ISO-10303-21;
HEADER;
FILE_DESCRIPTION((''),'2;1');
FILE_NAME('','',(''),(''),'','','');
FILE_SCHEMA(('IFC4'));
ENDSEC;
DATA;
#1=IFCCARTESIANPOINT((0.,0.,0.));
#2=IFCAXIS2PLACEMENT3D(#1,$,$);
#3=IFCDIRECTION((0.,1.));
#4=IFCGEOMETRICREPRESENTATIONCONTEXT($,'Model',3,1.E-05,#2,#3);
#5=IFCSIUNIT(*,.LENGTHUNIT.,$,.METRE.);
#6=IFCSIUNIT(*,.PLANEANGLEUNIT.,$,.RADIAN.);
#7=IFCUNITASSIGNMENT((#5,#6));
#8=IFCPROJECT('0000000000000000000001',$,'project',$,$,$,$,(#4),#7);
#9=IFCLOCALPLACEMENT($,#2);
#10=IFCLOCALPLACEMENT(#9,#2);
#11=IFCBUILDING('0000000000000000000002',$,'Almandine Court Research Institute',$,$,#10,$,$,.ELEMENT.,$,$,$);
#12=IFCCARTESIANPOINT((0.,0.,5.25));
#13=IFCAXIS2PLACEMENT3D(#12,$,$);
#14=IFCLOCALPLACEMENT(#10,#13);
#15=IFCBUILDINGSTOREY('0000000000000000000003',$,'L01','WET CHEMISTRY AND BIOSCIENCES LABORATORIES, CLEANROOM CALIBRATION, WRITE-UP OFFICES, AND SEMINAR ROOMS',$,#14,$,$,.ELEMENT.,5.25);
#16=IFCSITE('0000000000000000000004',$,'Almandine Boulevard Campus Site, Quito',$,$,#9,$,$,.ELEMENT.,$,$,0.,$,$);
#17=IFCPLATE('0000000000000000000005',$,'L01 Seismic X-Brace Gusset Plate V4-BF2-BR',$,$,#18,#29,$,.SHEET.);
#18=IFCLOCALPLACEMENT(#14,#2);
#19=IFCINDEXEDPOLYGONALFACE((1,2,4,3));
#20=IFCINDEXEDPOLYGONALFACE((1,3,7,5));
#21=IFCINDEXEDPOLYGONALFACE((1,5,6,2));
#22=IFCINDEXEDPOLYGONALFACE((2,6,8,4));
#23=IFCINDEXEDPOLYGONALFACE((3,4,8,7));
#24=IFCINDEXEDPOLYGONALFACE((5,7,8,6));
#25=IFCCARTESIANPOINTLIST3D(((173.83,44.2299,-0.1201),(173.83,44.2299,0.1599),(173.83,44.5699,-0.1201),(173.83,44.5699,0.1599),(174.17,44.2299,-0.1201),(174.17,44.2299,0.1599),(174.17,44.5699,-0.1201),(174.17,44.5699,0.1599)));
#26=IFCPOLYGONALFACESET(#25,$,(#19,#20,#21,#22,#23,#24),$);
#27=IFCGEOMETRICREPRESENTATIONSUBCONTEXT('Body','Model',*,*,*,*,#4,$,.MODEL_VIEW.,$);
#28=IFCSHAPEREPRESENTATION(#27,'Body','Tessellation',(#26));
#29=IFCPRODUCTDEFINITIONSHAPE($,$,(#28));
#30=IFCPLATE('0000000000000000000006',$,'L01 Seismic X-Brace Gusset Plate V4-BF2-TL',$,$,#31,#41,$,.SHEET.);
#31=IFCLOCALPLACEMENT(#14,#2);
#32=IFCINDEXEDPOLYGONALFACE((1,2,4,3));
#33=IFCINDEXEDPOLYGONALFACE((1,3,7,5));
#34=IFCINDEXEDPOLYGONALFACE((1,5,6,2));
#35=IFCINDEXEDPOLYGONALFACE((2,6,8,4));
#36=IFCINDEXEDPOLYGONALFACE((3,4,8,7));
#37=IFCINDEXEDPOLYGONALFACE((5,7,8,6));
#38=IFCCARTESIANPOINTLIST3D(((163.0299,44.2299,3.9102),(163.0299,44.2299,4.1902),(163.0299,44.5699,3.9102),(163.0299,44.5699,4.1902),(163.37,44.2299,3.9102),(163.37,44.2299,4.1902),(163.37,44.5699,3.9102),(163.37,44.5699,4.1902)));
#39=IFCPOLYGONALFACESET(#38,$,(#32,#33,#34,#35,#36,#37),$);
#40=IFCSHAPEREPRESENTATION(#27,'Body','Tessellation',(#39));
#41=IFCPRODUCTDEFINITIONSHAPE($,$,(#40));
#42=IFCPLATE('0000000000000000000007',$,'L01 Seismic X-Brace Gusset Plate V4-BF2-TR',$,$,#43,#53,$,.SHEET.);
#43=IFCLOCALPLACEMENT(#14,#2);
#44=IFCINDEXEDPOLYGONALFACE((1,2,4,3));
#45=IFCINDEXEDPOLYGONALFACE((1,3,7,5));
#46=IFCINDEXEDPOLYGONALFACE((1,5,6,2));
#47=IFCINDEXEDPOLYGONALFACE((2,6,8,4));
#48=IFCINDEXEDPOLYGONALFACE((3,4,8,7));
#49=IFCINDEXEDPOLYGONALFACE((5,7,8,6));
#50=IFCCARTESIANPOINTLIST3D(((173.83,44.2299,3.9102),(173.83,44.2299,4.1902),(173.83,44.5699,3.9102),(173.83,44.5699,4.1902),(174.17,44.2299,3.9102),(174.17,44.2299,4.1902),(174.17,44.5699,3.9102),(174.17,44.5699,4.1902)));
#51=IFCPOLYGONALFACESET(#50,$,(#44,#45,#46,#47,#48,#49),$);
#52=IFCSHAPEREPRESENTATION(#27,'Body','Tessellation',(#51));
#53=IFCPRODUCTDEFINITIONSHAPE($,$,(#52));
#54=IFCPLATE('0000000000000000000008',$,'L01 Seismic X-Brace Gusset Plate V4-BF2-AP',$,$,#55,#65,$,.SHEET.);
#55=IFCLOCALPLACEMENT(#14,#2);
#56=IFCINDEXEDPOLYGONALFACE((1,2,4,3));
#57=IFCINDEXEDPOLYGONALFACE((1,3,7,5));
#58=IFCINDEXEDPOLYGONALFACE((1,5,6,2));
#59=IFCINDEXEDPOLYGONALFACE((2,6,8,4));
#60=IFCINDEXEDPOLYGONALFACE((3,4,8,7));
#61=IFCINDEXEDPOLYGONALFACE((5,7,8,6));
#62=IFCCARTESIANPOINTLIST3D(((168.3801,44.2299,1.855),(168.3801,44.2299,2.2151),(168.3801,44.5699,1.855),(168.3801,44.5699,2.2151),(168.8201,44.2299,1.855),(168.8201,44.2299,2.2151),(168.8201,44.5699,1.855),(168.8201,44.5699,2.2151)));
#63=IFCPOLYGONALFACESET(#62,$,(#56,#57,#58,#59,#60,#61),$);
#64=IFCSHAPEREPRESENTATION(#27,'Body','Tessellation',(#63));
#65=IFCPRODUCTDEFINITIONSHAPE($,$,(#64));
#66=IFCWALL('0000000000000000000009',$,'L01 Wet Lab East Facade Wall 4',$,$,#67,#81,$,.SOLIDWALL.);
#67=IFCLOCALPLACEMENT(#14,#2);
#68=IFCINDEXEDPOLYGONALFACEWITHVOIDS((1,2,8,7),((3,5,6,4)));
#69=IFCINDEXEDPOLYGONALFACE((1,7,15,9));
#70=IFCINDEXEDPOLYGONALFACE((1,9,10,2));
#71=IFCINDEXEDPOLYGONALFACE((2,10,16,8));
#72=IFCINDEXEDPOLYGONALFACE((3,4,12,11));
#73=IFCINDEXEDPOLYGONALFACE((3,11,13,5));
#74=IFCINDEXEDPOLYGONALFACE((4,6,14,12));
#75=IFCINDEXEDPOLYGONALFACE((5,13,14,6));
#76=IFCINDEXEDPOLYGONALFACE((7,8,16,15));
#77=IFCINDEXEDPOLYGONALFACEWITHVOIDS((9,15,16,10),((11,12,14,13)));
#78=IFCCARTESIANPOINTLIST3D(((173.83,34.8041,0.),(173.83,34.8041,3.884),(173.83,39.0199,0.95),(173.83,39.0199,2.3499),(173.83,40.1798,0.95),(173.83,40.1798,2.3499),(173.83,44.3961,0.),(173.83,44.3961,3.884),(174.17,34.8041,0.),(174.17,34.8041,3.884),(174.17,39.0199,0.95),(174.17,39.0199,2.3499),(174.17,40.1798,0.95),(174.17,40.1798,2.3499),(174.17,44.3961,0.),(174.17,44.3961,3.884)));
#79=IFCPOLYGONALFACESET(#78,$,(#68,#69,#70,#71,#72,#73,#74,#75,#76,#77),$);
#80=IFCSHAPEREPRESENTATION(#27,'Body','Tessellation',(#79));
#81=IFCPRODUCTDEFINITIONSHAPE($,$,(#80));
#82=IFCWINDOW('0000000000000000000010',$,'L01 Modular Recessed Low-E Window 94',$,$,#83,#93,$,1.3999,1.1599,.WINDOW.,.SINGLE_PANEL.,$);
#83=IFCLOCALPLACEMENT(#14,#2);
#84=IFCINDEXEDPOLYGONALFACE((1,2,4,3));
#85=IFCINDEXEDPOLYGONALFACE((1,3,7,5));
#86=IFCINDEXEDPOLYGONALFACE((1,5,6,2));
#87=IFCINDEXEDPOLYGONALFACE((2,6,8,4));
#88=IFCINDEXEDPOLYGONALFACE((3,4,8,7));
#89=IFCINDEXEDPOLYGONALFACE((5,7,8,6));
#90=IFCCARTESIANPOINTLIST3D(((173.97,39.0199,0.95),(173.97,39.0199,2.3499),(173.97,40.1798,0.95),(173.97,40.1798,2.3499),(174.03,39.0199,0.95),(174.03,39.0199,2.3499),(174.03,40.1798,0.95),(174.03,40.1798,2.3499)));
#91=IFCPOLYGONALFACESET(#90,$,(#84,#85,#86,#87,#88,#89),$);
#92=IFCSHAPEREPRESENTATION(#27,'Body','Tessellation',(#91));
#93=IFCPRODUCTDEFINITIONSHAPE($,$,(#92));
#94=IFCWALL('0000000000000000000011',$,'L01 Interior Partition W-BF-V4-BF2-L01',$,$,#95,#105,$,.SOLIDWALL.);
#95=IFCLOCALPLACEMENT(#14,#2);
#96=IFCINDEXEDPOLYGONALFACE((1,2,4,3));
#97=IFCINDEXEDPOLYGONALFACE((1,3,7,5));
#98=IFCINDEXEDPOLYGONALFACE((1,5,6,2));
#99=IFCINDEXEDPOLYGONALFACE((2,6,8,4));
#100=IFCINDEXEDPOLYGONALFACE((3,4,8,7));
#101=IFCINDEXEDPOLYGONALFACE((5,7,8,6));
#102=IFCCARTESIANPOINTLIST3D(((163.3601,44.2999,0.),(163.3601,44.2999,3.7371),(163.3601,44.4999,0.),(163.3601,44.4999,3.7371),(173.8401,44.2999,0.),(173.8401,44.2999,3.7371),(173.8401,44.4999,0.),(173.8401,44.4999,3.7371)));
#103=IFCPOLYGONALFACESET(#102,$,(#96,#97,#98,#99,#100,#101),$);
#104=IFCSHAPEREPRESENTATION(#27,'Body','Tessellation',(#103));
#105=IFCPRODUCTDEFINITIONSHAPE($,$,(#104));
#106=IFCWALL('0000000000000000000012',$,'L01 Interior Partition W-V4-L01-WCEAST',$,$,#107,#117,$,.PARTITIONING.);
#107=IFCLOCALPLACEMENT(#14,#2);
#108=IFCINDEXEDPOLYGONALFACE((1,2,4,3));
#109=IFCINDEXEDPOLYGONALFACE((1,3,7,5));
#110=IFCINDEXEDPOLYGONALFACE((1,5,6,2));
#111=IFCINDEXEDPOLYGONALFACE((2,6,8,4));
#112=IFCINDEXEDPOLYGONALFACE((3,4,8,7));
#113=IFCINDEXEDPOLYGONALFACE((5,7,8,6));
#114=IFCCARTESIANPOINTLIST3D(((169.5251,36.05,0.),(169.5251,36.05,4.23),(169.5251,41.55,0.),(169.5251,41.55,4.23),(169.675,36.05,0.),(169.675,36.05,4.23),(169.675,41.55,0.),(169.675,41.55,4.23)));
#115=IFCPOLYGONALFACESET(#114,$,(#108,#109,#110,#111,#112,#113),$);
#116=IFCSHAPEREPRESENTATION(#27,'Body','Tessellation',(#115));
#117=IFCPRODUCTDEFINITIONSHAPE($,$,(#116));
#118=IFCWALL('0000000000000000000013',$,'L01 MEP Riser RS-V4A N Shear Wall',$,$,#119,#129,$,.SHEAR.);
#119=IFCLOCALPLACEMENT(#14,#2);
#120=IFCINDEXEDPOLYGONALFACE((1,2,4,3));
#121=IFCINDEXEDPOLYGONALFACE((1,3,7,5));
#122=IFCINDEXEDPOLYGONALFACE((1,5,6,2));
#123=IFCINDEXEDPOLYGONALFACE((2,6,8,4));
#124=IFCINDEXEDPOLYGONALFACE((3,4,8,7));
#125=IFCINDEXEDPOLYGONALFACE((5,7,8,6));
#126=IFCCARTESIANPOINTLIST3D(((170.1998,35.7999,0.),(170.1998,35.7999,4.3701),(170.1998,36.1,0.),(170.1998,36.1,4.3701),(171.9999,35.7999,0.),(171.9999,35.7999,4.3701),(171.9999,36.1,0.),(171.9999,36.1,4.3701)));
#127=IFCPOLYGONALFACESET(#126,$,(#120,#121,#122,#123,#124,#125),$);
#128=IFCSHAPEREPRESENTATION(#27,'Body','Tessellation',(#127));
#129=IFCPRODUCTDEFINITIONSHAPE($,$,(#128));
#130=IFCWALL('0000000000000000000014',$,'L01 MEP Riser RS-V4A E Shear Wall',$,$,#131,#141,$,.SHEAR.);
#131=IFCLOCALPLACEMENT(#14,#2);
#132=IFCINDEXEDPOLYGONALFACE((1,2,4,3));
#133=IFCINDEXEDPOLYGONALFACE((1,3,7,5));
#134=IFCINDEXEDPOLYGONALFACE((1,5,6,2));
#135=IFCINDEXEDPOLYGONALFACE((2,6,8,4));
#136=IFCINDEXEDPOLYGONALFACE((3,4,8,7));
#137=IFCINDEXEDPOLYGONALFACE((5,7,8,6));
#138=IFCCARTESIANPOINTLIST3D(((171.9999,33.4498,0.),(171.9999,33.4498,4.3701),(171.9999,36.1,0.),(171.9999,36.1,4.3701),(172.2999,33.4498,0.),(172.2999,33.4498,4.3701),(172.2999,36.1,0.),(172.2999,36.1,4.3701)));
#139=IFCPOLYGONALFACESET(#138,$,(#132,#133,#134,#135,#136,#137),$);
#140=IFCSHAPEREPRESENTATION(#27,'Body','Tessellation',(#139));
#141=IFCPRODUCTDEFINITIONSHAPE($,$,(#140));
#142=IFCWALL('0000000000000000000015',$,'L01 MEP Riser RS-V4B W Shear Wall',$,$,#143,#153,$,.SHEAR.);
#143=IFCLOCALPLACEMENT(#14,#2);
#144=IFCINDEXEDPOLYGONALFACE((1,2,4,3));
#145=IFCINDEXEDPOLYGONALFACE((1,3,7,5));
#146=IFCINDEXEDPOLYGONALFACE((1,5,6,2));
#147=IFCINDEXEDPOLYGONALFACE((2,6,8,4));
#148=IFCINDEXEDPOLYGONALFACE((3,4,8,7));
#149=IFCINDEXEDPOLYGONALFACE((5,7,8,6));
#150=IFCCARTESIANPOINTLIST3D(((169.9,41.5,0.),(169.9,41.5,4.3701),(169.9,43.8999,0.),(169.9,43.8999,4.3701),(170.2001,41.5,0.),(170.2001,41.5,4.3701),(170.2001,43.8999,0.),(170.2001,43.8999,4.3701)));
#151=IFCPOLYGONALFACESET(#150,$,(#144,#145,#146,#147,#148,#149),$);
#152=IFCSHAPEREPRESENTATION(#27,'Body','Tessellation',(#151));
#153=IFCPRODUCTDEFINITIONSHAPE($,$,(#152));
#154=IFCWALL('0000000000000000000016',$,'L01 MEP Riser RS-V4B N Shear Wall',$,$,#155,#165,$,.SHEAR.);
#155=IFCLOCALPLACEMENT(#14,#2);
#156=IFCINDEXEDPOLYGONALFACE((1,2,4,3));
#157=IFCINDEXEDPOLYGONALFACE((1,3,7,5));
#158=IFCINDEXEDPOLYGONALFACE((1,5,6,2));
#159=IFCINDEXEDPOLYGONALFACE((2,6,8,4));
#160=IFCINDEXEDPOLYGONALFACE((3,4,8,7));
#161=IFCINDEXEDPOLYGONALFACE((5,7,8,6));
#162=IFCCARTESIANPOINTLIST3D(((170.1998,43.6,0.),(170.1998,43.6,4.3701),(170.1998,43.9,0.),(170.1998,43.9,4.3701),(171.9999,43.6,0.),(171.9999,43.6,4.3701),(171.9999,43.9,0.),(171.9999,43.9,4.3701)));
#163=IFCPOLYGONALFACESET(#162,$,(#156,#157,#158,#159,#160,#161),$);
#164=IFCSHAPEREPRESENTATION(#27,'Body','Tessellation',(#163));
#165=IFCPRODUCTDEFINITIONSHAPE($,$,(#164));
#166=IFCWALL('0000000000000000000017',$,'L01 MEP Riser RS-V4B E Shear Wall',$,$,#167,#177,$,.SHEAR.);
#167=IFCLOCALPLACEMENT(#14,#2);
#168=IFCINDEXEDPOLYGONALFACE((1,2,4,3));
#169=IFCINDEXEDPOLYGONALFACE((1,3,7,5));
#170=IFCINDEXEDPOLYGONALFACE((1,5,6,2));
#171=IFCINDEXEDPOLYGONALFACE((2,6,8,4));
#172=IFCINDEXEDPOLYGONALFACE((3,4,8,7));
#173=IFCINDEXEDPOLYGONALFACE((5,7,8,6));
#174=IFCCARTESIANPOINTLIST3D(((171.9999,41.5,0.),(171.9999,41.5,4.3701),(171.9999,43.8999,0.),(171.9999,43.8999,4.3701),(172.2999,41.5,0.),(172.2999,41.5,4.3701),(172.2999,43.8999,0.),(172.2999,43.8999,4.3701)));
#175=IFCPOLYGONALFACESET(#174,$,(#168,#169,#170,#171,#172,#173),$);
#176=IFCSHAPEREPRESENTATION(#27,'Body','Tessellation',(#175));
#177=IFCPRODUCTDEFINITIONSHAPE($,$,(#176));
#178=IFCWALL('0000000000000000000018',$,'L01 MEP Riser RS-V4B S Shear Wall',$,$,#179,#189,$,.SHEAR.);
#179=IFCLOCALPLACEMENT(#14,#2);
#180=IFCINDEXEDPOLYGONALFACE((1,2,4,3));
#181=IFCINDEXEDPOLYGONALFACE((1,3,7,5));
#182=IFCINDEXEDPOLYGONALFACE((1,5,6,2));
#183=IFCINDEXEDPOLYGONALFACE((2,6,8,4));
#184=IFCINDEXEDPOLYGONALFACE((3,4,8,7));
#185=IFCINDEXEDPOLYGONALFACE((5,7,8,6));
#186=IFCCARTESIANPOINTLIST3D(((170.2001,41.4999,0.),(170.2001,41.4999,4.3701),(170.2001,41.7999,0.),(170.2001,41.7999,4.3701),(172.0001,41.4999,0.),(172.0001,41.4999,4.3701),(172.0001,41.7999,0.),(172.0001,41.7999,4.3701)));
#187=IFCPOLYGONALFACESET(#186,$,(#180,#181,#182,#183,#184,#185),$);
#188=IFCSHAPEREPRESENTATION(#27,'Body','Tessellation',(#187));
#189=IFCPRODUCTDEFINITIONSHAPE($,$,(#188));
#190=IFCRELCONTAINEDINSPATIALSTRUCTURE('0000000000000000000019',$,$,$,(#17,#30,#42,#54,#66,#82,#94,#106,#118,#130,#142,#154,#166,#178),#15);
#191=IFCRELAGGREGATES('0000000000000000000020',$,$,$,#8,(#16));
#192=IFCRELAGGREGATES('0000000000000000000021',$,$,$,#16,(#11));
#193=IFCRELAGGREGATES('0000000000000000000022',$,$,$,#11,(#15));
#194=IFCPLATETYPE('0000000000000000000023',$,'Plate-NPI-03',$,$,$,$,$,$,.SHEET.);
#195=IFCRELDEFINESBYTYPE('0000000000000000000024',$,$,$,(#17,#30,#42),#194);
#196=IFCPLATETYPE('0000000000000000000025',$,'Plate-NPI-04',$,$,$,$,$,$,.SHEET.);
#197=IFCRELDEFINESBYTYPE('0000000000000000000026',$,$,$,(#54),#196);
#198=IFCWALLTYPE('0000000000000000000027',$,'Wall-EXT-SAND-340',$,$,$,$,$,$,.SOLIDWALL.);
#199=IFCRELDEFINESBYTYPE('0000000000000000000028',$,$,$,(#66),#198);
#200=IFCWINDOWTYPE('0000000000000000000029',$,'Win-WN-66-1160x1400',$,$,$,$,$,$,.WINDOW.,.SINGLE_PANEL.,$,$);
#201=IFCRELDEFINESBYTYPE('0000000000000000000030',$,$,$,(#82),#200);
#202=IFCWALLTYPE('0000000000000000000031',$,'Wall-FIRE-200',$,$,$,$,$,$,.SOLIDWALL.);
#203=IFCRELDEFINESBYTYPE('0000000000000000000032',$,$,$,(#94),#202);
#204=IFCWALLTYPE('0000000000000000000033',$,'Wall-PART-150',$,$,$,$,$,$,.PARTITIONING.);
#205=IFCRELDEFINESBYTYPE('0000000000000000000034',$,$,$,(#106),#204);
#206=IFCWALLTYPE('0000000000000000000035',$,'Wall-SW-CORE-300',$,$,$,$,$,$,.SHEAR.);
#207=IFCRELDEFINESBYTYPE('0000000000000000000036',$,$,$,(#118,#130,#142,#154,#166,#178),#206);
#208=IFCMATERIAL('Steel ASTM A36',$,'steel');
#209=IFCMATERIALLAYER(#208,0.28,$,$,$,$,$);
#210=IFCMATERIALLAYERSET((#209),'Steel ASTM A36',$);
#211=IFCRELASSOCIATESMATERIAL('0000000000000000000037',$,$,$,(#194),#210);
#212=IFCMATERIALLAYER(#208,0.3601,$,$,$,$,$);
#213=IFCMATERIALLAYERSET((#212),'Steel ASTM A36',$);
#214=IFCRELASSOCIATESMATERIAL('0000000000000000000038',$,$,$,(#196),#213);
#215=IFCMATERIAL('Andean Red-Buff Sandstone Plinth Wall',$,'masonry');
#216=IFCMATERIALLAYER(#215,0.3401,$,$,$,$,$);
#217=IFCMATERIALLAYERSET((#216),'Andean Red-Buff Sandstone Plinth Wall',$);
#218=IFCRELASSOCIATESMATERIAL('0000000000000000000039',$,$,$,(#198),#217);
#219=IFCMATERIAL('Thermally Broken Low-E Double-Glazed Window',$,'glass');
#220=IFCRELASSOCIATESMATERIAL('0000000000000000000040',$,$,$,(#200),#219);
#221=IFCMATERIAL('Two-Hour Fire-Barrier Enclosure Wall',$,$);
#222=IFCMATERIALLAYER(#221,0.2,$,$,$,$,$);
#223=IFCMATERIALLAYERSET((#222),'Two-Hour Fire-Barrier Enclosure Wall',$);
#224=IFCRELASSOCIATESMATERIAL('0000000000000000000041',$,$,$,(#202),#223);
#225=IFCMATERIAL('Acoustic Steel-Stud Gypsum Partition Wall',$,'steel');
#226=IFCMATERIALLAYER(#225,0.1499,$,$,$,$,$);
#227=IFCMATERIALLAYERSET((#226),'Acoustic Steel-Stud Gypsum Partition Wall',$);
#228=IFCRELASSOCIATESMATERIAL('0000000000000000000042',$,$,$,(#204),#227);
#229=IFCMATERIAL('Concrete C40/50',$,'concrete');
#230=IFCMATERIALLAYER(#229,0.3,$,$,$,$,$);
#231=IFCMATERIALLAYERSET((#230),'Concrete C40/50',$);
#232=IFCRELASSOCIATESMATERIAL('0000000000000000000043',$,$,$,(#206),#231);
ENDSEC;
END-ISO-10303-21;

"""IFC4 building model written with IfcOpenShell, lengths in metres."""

from ifc_helpers import new_model, si_unit, direction, frame, frame_2d, origin, origin_2d, place, context, subcontext, project, spatial, rectangle, extrude, material, layer, layer_set, type_object, element, fill, save


model = new_model("IFC4")

# Units and contexts
model_context = context("Model", 3, precision=1e-05, world=origin(), true_north=direction((0.0, 1.0)))
body_context = subcontext(model_context, "Body", "Model", "MODEL_VIEW")
ifc_project = project(units=[si_unit("LENGTHUNIT", "METRE"), si_unit("PLANEANGLEUNIT", "RADIAN")], contexts=[model_context])

# Site, building, storey
site_placement = place(None, origin())
site = spatial("IfcSite", under=ifc_project, at=site_placement, Name="Almandine Boulevard Campus Site, Quito", CompositionType="ELEMENT", RefElevation=0.0)
building_placement = place(site_placement, origin())
building = spatial("IfcBuilding", under=site, at=building_placement, Name="Almandine Court Research Institute", CompositionType="ELEMENT")
storey_placement = place(building_placement, frame((0.0, 0.0, 5.25)))
storey = spatial("IfcBuildingStorey", under=building, at=storey_placement, Name="L01", Description="WET CHEMISTRY AND BIOSCIENCES LABORATORIES, CLEANROOM CALIBRATION, WRITE-UP OFFICES, AND SEMINAR ROOMS", CompositionType="ELEMENT", Elevation=5.25)

# Plates
ifc_material_1 = material(Name="Steel ASTM A36", Category="steel")
ifc_layer_1 = layer(ifc_material_1, 0.28)
ifc_layer_set_1 = layer_set([ifc_layer_1], Name="Steel ASTM A36")
plate_type_1 = type_object("IfcPlateType", Name="Plate-NPI-03", PredefinedType="SHEET", material=ifc_layer_set_1)
for number, where, z_axis, x_axis, name in (
    (1, (174.0, 44.3999, -0.1201), (0.0, 0.0, 1.0), (1.0, 0.0, 0.0), "L01 Seismic X-Brace Gusset Plate V4-BF2-BR"),
    (2, (163.2, 44.3999, 3.9102), (0.0, 0.0, 1.0), (1.0, 0.0, 0.0), "L01 Seismic X-Brace Gusset Plate V4-BF2-TL"),
    (3, (174.0, 44.3999, 3.9102), (0.0, 0.0, 1.0), (1.0, 0.0, 0.0), "L01 Seismic X-Brace Gusset Plate V4-BF2-TR"),
):
    element("IfcPlate", number, at=place(storey_placement, frame(where, z_axis=z_axis, x_axis=x_axis)), inside=storey, type_object=plate_type_1, Name=name, PredefinedType="SHEET", context=body_context, shape_type="SweptSolid", body=[
        extrude(rectangle(XDim=0.3401, YDim=0.3401, at=origin_2d()), origin(), (0.0, 0.0, 1.0), 0.28),
    ])
ifc_layer_2 = layer(ifc_material_1, 0.3601)
ifc_layer_set_2 = layer_set([ifc_layer_2], Name="Steel ASTM A36")
plate_type_2 = type_object("IfcPlateType", Name="Plate-NPI-04", PredefinedType="SHEET", material=ifc_layer_set_2)
plate_placement = place(storey_placement, frame((168.6001, 44.3999, 1.855), z_axis=(0.0, 0.0, 1.0), x_axis=(1.0, 0.0, 0.0)))
element("IfcPlate", 4, at=plate_placement, inside=storey, type_object=plate_type_2, Name="L01 Seismic X-Brace Gusset Plate V4-BF2-AP", PredefinedType="SHEET", context=body_context, shape_type="SweptSolid", body=[
    extrude(rectangle(XDim=0.4399, YDim=0.3401, at=origin_2d()), origin(), (0.0, 0.0, 1.0), 0.3601),
])

# Wall, opening, window
ifc_material_2 = material(Name="Andean Red-Buff Sandstone Plinth Wall", Category="masonry")
ifc_layer_3 = layer(ifc_material_2, 0.3401)
ifc_layer_set_3 = layer_set([ifc_layer_3], Name="Andean Red-Buff Sandstone Plinth Wall")
wall_type_1 = type_object("IfcWallType", Name="Wall-EXT-SAND-340", PredefinedType="SOLIDWALL", material=ifc_layer_set_3)
wall_1_placement = place(storey_placement, frame((174.0, 44.396, 0.0), z_axis=(0.0, 0.0, 1.0), x_axis=(0.0, -1.0, 0.0)))
wall_1 = element("IfcWall", 5, at=wall_1_placement, inside=storey, type_object=wall_type_1, Name="L01 Wet Lab East Facade Wall 4", PredefinedType="SOLIDWALL", context=body_context, shape_type="SweptSolid", body=[
    extrude(rectangle(XDim=9.592, YDim=0.3401, at=frame_2d((4.7959, 0.0))), origin(), (0.0, 0.0, 1.0), 3.884),
])
opening_placement = place(wall_1_placement, frame((4.2161, 0.0, 0.95)))
opening = element("IfcOpeningElement", 6, at=opening_placement, cuts=wall_1, PredefinedType="OPENING", context=body_context, shape_type="SweptSolid", body=[
    extrude(rectangle(XDim=1.1599, YDim=1.3999, at=frame_2d((0.5801, 0.7))), frame((0.0, 0.1799, 0.0), z_axis=(0.0, -1.0, 0.0), x_axis=(1.0, 0.0, 0.0)), (0.0, 0.0, 1.0), 0.3601),
])
ifc_material_3 = material(Name="Thermally Broken Low-E Double-Glazed Window", Category="glass")
window_type = type_object("IfcWindowType", Name="Win-WN-66-1160x1400", PartitioningType="SINGLE_PANEL", PredefinedType="WINDOW", material=ifc_material_3)
window_placement = place(opening_placement, origin())
window = element("IfcWindow", 7, at=window_placement, inside=storey, type_object=window_type, Name="L01 Modular Recessed Low-E Window 94", OverallHeight=1.3999, OverallWidth=1.1599, PartitioningType="SINGLE_PANEL", PredefinedType="WINDOW", context=body_context, shape_type="SweptSolid", body=[
    extrude(rectangle(XDim=1.1599, YDim=1.3999, at=frame_2d((0.5801, 0.7))), frame((0.0, 0.03, 0.0), z_axis=(0.0, -1.0, 0.0), x_axis=(1.0, 0.0, 0.0)), (0.0, 0.0, 1.0), 0.0601),
])
fill(opening, window)

# Walls
ifc_material_4 = material(Name="Two-Hour Fire-Barrier Enclosure Wall")
ifc_layer_4 = layer(ifc_material_4, 0.2)
ifc_layer_set_4 = layer_set([ifc_layer_4], Name="Two-Hour Fire-Barrier Enclosure Wall")
wall_type_2 = type_object("IfcWallType", Name="Wall-FIRE-200", PredefinedType="SOLIDWALL", material=ifc_layer_set_4)
wall_2_placement = place(storey_placement, frame((163.3601, 44.3999, 0.0), z_axis=(0.0, 0.0, 1.0), x_axis=(1.0, 0.0, 0.0)))
element("IfcWall", 8, at=wall_2_placement, inside=storey, type_object=wall_type_2, Name="L01 Interior Partition W-BF-V4-BF2-L01", PredefinedType="SOLIDWALL", context=body_context, shape_type="SweptSolid", body=[
    extrude(rectangle(XDim=10.48, YDim=0.2, at=frame_2d((5.24, 0.0))), origin(), (0.0, 0.0, 1.0), 3.7371),
])
ifc_material_5 = material(Name="Acoustic Steel-Stud Gypsum Partition Wall", Category="steel")
ifc_layer_5 = layer(ifc_material_5, 0.1499)
ifc_layer_set_5 = layer_set([ifc_layer_5], Name="Acoustic Steel-Stud Gypsum Partition Wall")
wall_type_3 = type_object("IfcWallType", Name="Wall-PART-150", PredefinedType="PARTITIONING", material=ifc_layer_set_5)
wall_3_placement = place(storey_placement, frame((169.6001, 36.05, 0.0), z_axis=(0.0, 0.0, 1.0), x_axis=(0.0, 1.0, 0.0)))
element("IfcWall", 9, at=wall_3_placement, inside=storey, type_object=wall_type_3, Name="L01 Interior Partition W-V4-L01-WCEAST", PredefinedType="PARTITIONING", context=body_context, shape_type="SweptSolid", body=[
    extrude(rectangle(XDim=5.5, YDim=0.1499, at=frame_2d((2.75, 0.0))), origin(), (0.0, 0.0, 1.0), 4.23),
])
ifc_material_6 = material(Name="Concrete C40/50", Category="concrete")
ifc_layer_6 = layer(ifc_material_6, 0.3)
ifc_layer_set_6 = layer_set([ifc_layer_6], Name="Concrete C40/50")
wall_type_4 = type_object("IfcWallType", Name="Wall-SW-CORE-300", PredefinedType="SHEAR", material=ifc_layer_set_6)
wall_4_placement = place(storey_placement, frame((170.2, 35.95, 0.0), z_axis=(0.0, 0.0, 1.0), x_axis=(1.0, 0.0, 0.0)))
element("IfcWall", 10, at=wall_4_placement, inside=storey, type_object=wall_type_4, Name="L01 MEP Riser RS-V4A N Shear Wall", PredefinedType="SHEAR", context=body_context, shape_type="SweptSolid", body=[
    extrude(rectangle(XDim=1.8, YDim=0.3, at=frame_2d((0.8999, 0.0))), origin(), (0.0, 0.0, 1.0), 4.3701),
])
wall_5_placement = place(storey_placement, frame((172.1499, 36.1001, 0.0), z_axis=(0.0, 0.0, 1.0), x_axis=(0.0, -1.0, 0.0)))
element("IfcWall", 11, at=wall_5_placement, inside=storey, type_object=wall_type_4, Name="L01 MEP Riser RS-V4A E Shear Wall", PredefinedType="SHEAR", context=body_context, shape_type="SweptSolid", body=[
    extrude(rectangle(XDim=2.6501, YDim=0.3, at=frame_2d((1.3252, 0.0))), origin(), (0.0, 0.0, 1.0), 4.3701),
])
wall_6_placement = place(storey_placement, frame((170.05, 41.5, 0.0), z_axis=(0.0, 0.0, 1.0), x_axis=(0.0, 1.0, 0.0)))
element("IfcWall", 12, at=wall_6_placement, inside=storey, type_object=wall_type_4, Name="L01 MEP Riser RS-V4B W Shear Wall", PredefinedType="SHEAR", context=body_context, shape_type="SweptSolid", body=[
    extrude(rectangle(XDim=2.3999, YDim=0.3, at=frame_2d((1.2, 0.0))), origin(), (0.0, 0.0, 1.0), 4.3701),
])
wall_7_placement = place(storey_placement, frame((170.2, 43.75, 0.0), z_axis=(0.0, 0.0, 1.0), x_axis=(1.0, 0.0, 0.0)))
element("IfcWall", 13, at=wall_7_placement, inside=storey, type_object=wall_type_4, Name="L01 MEP Riser RS-V4B N Shear Wall", PredefinedType="SHEAR", context=body_context, shape_type="SweptSolid", body=[
    extrude(rectangle(XDim=1.8, YDim=0.3, at=frame_2d((0.8999, 0.0))), origin(), (0.0, 0.0, 1.0), 4.3701),
])
wall_8_placement = place(storey_placement, frame((172.1499, 43.8999, 0.0), z_axis=(0.0, 0.0, 1.0), x_axis=(0.0, -1.0, 0.0)))
element("IfcWall", 14, at=wall_8_placement, inside=storey, type_object=wall_type_4, Name="L01 MEP Riser RS-V4B E Shear Wall", PredefinedType="SHEAR", context=body_context, shape_type="SweptSolid", body=[
    extrude(rectangle(XDim=2.3999, YDim=0.3, at=frame_2d((1.2, 0.0))), origin(), (0.0, 0.0, 1.0), 4.3701),
])
wall_9_placement = place(storey_placement, frame((172.0, 41.6499, 0.0), z_axis=(0.0, 0.0, 1.0), x_axis=(-1.0, 0.0, 0.0)))
element("IfcWall", 15, at=wall_9_placement, inside=storey, type_object=wall_type_4, Name="L01 MEP Riser RS-V4B S Shear Wall", PredefinedType="SHEAR", context=body_context, shape_type="SweptSolid", body=[
    extrude(rectangle(XDim=1.8, YDim=0.3, at=frame_2d((0.8999, 0.0))), origin(), (0.0, 0.0, 1.0), 4.3701),
])

save(model, "model.ifc")
